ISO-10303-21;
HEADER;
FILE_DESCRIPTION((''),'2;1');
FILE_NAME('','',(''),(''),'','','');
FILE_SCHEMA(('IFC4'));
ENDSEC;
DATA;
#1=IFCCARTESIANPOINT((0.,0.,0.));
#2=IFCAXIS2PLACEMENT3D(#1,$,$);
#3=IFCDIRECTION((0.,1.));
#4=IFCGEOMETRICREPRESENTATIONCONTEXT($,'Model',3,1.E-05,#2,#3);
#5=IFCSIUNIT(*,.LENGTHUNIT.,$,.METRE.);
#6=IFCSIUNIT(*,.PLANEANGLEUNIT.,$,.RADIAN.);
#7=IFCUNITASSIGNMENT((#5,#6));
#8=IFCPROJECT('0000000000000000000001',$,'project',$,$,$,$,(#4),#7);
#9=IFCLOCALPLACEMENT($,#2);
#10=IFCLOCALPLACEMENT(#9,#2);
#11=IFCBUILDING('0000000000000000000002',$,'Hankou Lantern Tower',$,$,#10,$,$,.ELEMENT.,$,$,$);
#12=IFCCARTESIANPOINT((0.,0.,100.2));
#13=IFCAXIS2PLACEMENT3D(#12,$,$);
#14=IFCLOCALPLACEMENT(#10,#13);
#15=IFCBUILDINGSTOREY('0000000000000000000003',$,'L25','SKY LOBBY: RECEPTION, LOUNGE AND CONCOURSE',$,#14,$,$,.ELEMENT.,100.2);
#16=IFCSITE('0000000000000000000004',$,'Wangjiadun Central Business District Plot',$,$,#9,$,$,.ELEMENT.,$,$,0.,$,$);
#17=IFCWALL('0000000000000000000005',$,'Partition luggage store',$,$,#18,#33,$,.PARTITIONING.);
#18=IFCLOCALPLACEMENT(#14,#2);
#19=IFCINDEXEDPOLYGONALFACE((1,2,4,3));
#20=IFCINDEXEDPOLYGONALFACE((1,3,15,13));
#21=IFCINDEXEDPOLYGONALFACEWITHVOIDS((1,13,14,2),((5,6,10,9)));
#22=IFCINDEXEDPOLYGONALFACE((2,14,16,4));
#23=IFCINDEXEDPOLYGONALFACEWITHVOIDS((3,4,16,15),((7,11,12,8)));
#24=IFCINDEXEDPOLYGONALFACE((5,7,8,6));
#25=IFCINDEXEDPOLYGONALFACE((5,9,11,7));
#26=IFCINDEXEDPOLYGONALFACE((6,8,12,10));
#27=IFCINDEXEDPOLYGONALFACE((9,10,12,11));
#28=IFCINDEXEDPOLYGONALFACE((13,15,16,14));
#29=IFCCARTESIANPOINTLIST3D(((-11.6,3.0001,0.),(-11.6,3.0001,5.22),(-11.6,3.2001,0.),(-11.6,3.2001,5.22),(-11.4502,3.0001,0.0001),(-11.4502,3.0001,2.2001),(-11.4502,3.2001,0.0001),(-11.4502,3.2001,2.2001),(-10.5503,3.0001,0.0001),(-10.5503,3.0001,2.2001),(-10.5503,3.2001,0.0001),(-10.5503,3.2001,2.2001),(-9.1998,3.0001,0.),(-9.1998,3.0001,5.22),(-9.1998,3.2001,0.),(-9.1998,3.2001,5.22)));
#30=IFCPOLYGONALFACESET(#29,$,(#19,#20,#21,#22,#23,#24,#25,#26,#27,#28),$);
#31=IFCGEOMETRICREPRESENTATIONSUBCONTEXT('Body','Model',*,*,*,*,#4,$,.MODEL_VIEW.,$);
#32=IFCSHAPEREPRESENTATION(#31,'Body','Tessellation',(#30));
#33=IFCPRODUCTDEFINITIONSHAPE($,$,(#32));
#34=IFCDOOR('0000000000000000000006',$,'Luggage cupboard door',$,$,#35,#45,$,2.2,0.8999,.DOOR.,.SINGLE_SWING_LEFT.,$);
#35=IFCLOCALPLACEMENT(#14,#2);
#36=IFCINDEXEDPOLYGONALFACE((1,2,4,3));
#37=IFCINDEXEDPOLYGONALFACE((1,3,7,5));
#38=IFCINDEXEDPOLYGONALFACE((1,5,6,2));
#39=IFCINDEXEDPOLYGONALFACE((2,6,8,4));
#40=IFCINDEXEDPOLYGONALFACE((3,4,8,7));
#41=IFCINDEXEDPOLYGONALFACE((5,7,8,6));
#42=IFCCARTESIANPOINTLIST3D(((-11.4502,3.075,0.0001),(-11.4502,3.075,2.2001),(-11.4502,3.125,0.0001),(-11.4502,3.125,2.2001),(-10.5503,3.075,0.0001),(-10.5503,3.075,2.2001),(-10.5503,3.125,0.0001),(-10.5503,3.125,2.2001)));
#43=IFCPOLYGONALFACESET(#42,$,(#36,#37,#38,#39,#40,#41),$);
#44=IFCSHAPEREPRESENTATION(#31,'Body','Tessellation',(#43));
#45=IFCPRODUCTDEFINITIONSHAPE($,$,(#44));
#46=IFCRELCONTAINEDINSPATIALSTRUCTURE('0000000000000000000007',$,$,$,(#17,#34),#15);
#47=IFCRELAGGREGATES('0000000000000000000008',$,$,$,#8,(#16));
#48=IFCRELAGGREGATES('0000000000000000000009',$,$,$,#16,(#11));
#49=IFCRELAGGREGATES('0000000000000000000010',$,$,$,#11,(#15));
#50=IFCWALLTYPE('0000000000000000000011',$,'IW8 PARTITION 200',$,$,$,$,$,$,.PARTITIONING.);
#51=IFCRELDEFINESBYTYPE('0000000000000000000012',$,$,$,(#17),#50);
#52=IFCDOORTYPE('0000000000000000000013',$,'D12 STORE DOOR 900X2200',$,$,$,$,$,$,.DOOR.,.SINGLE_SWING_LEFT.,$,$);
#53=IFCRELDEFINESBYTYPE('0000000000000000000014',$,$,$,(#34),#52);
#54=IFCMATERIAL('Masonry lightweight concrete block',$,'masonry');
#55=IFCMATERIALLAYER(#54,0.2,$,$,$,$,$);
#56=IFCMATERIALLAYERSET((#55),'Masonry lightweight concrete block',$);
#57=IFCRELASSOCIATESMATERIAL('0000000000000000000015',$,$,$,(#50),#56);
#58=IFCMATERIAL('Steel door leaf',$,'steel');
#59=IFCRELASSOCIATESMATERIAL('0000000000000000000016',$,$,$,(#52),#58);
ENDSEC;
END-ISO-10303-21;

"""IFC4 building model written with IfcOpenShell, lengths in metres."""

from ifc_helpers import new_model, si_unit, direction, frame, frame_2d, origin, place, context, subcontext, project, spatial, rectangle, extrude, material, layer, layer_set, type_object, element, fill, save


model = new_model("IFC4")

# Units and contexts
model_context = context("Model", 3, precision=1e-05, world=origin(), true_north=direction((0.0, 1.0)))
body_context = subcontext(model_context, "Body", "Model", "MODEL_VIEW")
ifc_project = project(units=[si_unit("LENGTHUNIT", "METRE"), si_unit("PLANEANGLEUNIT", "RADIAN")], contexts=[model_context])

# Site, building, storey
site_placement = place(None, origin())
site = spatial("IfcSite", under=ifc_project, at=site_placement, Name="Wangjiadun Central Business District Plot", CompositionType="ELEMENT", RefElevation=0.0)
building_placement = place(site_placement, origin())
building = spatial("IfcBuilding", under=site, at=building_placement, Name="Hankou Lantern Tower", CompositionType="ELEMENT")
storey_placement = place(building_placement, frame((0.0, 0.0, 100.2)))
storey = spatial("IfcBuildingStorey", under=building, at=storey_placement, Name="L25", Description="SKY LOBBY: RECEPTION, LOUNGE AND CONCOURSE", CompositionType="ELEMENT", Elevation=100.2)

# Shared definitions
ifc_material_1 = material(Name="Masonry lightweight concrete block", Category="masonry")
ifc_layer_1 = layer(ifc_material_1, 0.2)
ifc_layer_set_1 = layer_set([ifc_layer_1], Name="Masonry lightweight concrete block")
wall_type_1 = type_object("IfcWallType", Name="IW8 PARTITION 200", PredefinedType="PARTITIONING", material=ifc_layer_set_1)

# Wall, opening, door
wall_1_placement = place(storey_placement, frame((-11.6001, 3.1001, 0.0), z_axis=(0.0, 0.0, 1.0), x_axis=(1.0, 0.0, 0.0)))
wall_1 = element("IfcWall", 1, at=wall_1_placement, inside=storey, type_object=wall_type_1, Name="Partition luggage store", PredefinedType="PARTITIONING", context=body_context, shape_type="SweptSolid", body=[
    extrude(rectangle(XDim=2.4001, YDim=0.2, at=frame_2d((1.2002, 0.0))), origin(), (0.0, 0.0, 1.0), 5.22),
])
opening_1_placement = place(wall_1_placement, frame((0.1499, 0.0, 0.0)))
opening_1 = element("IfcOpeningElement", 2, at=opening_1_placement, cuts=wall_1, PredefinedType="OPENING", context=body_context, shape_type="SweptSolid", body=[
    extrude(rectangle(XDim=0.8999, YDim=2.2, at=frame_2d((0.45, 1.1001))), frame((0.0, 0.1099, 0.0), z_axis=(0.0, -1.0, 0.0), x_axis=(1.0, 0.0, 0.0)), (0.0, 0.0, 1.0), 0.22),
])
ifc_material_2 = material(Name="Steel door leaf", Category="steel")
door_type_1 = type_object("IfcDoorType", Name="D12 STORE DOOR 900X2200", OperationType="SINGLE_SWING_LEFT", PredefinedType="DOOR", material=ifc_material_2)
door_1_placement = place(opening_1_placement, origin())
door_1 = element("IfcDoor", 3, at=door_1_placement, inside=storey, type_object=door_type_1, Name="Luggage cupboard door", OperationType="SINGLE_SWING_LEFT", OverallHeight=2.2, OverallWidth=0.8999, PredefinedType="DOOR", context=body_context, shape_type="SweptSolid", body=[
    extrude(rectangle(XDim=0.8999, YDim=2.2, at=frame_2d((0.45, 1.1001))), frame((0.0, 0.0249, 0.0), z_axis=(0.0, -1.0, 0.0), x_axis=(1.0, 0.0, 0.0)), (0.0, 0.0, 1.0), 0.05),
])
fill(opening_1, door_1)

save(model, "model.ifc")
